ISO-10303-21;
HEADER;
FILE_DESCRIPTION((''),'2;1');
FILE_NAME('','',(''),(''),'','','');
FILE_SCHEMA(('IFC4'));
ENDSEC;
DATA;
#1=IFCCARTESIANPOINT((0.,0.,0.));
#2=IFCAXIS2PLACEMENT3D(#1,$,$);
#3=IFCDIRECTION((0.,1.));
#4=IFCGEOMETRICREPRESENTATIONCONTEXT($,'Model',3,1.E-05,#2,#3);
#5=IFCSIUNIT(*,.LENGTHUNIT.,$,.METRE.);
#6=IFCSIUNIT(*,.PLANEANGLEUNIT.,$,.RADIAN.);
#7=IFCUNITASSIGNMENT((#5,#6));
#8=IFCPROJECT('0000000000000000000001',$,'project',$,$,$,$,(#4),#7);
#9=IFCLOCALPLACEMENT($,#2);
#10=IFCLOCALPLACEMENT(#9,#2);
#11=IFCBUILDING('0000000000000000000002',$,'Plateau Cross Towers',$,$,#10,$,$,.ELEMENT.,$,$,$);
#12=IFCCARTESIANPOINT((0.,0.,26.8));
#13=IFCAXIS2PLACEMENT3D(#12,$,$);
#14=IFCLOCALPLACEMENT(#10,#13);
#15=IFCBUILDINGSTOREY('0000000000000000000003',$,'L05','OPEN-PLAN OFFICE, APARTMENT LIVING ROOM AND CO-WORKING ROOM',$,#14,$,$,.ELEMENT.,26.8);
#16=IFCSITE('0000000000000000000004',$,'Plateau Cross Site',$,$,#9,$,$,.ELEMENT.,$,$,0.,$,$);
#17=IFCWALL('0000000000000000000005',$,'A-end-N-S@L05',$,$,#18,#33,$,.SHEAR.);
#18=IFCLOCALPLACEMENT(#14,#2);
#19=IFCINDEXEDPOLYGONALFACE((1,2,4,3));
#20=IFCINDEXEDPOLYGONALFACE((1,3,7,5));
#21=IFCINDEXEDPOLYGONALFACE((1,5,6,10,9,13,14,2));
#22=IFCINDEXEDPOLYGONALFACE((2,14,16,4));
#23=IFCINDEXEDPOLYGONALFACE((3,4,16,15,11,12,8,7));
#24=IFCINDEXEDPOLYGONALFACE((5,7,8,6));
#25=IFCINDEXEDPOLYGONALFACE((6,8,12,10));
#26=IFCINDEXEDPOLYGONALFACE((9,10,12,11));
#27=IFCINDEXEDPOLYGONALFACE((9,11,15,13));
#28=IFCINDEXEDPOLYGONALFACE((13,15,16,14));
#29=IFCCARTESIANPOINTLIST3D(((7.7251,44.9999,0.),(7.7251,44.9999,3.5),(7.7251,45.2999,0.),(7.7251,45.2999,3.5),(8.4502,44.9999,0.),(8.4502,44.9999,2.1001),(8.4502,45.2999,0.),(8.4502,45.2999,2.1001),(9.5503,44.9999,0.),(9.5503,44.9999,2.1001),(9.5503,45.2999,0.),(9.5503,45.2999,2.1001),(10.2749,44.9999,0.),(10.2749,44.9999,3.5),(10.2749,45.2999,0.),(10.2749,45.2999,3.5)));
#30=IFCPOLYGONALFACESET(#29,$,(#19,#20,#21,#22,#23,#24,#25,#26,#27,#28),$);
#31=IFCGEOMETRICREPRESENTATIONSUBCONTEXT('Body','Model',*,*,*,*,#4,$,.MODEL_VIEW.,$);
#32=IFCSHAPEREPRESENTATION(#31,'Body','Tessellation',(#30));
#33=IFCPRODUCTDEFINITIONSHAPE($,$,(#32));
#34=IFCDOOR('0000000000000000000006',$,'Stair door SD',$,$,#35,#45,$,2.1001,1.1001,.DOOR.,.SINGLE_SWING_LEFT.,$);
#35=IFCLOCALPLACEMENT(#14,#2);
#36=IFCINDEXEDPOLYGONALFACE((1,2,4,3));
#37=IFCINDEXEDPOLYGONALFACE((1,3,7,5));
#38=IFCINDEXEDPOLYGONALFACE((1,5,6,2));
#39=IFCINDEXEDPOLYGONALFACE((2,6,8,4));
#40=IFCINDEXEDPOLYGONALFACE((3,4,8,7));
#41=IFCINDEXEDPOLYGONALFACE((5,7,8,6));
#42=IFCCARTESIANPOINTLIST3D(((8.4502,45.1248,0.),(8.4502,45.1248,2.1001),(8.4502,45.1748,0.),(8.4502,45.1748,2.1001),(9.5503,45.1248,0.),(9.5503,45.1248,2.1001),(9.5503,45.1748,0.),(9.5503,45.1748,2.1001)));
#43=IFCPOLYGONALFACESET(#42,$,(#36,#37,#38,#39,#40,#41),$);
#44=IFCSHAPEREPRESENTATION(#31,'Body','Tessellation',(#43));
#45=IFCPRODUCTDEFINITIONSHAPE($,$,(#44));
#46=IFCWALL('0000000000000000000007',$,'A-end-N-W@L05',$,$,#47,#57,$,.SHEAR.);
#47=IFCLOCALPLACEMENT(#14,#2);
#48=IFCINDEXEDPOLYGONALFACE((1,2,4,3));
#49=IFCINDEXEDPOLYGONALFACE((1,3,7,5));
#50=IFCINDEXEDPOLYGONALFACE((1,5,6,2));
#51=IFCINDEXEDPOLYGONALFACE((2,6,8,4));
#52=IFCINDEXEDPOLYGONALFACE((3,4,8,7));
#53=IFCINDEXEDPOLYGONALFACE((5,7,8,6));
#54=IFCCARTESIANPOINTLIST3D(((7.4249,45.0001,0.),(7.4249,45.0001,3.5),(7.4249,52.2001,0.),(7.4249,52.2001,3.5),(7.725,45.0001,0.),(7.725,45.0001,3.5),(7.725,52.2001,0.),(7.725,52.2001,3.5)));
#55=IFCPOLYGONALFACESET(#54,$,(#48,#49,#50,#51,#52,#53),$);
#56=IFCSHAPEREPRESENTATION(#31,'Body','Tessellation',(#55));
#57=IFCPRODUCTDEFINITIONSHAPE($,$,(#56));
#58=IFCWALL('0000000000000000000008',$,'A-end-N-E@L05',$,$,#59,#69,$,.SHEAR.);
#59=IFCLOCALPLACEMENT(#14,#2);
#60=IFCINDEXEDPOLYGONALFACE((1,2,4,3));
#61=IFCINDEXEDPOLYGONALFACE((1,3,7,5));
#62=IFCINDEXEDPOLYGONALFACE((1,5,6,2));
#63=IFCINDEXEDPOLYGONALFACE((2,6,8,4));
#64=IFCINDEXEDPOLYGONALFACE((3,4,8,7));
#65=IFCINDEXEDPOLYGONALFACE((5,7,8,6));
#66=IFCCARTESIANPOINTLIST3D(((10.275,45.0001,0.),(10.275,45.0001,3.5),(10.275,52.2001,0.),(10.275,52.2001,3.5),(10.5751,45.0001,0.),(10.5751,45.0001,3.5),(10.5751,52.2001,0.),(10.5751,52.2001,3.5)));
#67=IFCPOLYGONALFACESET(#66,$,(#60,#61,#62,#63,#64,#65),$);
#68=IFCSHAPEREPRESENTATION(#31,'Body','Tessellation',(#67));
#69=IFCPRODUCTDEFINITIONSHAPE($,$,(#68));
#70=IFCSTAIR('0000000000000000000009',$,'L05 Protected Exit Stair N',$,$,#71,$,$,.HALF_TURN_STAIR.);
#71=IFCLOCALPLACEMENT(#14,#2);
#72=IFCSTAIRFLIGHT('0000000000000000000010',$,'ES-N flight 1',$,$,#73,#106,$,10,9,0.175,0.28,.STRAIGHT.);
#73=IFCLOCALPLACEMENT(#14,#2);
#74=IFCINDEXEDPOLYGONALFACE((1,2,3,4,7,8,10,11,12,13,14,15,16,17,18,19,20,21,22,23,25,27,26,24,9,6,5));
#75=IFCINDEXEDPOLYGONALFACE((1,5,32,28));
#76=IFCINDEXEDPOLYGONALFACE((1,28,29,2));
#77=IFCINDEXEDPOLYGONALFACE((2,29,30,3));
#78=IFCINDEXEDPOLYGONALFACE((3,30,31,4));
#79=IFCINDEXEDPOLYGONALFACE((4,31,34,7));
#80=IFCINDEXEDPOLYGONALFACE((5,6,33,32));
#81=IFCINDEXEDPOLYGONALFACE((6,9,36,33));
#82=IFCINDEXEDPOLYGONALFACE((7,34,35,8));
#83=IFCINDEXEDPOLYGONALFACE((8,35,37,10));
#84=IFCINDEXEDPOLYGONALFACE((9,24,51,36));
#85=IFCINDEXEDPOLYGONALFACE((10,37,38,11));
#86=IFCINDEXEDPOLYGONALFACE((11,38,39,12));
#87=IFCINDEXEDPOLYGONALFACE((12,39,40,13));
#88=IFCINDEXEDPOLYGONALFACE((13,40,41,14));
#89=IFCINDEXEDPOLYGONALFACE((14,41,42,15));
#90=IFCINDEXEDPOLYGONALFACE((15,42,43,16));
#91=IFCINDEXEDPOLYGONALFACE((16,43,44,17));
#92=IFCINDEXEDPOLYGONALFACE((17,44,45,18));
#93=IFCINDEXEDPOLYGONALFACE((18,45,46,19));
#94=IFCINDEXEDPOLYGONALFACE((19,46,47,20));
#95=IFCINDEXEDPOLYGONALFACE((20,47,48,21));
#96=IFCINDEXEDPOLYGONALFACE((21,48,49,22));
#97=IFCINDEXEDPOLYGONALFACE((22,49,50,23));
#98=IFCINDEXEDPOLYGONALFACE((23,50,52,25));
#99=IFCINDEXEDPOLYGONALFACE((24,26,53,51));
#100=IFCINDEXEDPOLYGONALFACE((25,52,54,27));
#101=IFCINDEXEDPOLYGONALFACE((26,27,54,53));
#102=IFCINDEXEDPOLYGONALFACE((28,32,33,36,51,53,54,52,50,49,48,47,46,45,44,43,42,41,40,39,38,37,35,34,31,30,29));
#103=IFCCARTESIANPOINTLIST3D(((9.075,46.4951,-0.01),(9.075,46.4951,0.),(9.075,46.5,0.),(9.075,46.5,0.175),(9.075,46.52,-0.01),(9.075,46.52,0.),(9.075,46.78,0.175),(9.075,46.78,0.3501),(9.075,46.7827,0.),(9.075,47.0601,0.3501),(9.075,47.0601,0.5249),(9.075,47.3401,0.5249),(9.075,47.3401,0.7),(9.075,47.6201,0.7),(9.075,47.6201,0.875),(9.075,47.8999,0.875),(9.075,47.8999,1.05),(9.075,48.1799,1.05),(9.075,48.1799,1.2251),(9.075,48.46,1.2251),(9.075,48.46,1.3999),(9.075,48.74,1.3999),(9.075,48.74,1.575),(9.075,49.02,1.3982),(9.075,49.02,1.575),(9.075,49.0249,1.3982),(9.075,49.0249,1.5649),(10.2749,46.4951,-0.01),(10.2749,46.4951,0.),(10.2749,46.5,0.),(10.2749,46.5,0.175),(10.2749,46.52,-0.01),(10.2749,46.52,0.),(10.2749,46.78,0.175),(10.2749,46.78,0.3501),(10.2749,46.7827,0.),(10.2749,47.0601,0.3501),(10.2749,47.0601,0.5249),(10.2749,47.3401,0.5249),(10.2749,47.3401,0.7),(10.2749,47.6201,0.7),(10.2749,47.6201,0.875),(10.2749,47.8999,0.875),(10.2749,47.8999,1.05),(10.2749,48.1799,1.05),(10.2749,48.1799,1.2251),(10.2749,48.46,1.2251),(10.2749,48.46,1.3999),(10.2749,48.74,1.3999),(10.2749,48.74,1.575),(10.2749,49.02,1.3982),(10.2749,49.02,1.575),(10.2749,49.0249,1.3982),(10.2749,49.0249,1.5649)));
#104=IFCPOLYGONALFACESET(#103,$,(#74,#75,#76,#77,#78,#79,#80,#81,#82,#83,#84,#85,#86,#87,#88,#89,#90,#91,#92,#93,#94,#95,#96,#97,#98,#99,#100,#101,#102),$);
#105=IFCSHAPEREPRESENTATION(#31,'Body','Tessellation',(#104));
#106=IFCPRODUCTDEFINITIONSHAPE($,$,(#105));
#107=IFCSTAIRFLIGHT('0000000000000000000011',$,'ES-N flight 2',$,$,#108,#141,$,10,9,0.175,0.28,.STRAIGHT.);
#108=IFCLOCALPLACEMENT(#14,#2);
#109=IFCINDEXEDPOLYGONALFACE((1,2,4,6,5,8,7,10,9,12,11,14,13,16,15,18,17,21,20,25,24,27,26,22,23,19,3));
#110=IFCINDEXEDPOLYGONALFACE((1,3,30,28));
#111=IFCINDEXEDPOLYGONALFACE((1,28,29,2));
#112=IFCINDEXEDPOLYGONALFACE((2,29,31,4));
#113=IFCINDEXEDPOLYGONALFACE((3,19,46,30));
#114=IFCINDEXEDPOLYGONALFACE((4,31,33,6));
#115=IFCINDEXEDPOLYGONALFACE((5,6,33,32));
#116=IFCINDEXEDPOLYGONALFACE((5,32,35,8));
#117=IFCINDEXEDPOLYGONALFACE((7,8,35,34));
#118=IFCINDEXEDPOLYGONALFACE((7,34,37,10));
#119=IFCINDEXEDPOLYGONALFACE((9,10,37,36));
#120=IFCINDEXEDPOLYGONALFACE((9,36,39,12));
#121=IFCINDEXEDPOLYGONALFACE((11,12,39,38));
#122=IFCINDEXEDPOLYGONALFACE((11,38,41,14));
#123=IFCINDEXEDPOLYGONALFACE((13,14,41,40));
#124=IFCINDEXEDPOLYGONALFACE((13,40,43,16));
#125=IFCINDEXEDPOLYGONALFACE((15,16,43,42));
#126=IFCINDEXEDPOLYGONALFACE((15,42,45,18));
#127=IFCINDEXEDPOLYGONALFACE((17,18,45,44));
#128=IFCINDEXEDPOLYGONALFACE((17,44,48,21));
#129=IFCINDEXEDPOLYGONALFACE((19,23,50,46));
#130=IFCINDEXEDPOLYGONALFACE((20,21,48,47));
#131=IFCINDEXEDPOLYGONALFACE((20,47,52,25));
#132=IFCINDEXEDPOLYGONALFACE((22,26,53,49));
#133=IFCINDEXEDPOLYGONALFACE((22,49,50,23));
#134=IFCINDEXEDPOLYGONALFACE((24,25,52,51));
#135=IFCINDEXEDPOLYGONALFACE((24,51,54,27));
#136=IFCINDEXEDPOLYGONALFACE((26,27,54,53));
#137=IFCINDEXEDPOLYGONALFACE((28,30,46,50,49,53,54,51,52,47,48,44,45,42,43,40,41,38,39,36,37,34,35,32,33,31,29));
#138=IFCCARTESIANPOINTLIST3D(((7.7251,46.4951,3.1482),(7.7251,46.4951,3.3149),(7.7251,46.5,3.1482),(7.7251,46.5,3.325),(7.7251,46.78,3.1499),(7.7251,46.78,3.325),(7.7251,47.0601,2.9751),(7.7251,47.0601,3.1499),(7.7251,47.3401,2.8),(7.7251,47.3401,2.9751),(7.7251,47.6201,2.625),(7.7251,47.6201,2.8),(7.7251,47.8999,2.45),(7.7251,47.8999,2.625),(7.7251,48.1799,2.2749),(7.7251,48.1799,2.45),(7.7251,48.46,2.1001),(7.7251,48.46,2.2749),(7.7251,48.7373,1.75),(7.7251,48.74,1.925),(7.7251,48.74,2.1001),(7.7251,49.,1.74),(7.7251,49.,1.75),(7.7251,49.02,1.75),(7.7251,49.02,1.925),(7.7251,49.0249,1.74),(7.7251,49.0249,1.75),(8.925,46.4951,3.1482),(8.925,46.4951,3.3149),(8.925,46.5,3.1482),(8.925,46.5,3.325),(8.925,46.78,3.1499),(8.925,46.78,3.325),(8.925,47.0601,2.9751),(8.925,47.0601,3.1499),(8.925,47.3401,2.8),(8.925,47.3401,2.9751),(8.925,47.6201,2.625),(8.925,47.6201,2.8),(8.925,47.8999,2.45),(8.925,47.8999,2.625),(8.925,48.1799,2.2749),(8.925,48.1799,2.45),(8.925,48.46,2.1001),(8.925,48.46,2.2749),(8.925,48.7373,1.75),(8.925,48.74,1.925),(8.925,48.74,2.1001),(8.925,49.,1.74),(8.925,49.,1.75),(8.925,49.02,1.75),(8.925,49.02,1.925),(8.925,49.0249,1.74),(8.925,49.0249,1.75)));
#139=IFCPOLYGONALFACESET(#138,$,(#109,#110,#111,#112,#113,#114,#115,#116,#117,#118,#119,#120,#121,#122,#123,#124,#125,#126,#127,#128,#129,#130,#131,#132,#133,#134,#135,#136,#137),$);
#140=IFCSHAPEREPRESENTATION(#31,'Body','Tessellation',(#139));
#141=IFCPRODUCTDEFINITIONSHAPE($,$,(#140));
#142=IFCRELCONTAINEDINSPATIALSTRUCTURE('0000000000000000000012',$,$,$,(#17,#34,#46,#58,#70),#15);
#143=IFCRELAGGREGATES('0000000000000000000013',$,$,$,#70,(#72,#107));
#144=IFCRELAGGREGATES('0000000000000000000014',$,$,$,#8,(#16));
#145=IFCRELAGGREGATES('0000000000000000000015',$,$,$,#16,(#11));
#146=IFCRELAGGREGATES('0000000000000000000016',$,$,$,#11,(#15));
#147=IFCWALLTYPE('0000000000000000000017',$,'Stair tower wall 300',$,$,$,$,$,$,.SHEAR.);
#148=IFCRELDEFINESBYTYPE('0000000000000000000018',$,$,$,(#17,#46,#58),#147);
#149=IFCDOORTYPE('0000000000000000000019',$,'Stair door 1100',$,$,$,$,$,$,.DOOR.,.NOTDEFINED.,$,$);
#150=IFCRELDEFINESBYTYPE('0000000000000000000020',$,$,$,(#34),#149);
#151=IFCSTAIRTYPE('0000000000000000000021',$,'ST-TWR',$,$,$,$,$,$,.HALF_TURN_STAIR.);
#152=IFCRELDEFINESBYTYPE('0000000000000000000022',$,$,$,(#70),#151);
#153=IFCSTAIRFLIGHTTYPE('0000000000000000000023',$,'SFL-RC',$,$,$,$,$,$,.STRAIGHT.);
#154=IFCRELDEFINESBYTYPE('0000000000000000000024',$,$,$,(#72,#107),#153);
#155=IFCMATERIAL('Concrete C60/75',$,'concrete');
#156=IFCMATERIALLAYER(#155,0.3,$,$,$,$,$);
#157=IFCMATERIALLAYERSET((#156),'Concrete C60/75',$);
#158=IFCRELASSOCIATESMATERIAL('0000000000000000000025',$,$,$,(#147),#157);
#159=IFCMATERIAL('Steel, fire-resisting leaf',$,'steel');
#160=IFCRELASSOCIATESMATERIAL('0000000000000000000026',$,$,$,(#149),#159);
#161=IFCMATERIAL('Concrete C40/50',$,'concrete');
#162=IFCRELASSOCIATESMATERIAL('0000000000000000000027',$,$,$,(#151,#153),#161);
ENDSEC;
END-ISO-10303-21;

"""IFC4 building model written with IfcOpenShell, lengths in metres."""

from ifc_helpers import new_model, si_unit, direction, frame, frame_2d, origin, place, context, subcontext, project, spatial, polyline, rectangle, outline, extrude, material, layer, layer_set, type_object, element, fill, aggregate, save


model = new_model("IFC4")

# Units and contexts
model_context = context("Model", 3, precision=1e-05, world=origin(), true_north=direction((0.0, 1.0)))
body_context = subcontext(model_context, "Body", "Model", "MODEL_VIEW")
ifc_project = project(units=[si_unit("LENGTHUNIT", "METRE"), si_unit("PLANEANGLEUNIT", "RADIAN")], contexts=[model_context])

# Site, building, storey
site_placement = place(None, origin())
site = spatial("IfcSite", under=ifc_project, at=site_placement, Name="Plateau Cross Site", CompositionType="ELEMENT", RefElevation=0.0)
building_placement = place(site_placement, origin())
building = spatial("IfcBuilding", under=site, at=building_placement, Name="Plateau Cross Towers", CompositionType="ELEMENT")
storey_placement = place(building_placement, frame((0.0, 0.0, 26.8)))
storey = spatial("IfcBuildingStorey", under=building, at=storey_placement, Name="L05", Description="OPEN-PLAN OFFICE, APARTMENT LIVING ROOM AND CO-WORKING ROOM", CompositionType="ELEMENT", Elevation=26.8)

# Wall, opening, door
ifc_material_1 = material(Name="Concrete C60/75", Category="concrete")
ifc_layer_1 = layer(ifc_material_1, 0.3)
ifc_layer_set_1 = layer_set([ifc_layer_1], Name="Concrete C60/75")
wall_type_1 = type_object("IfcWallType", Name="Stair tower wall 300", PredefinedType="SHEAR", material=ifc_layer_set_1)
wall_1_placement = place(storey_placement, frame((7.7251, 45.1499, 0.0), z_axis=(0.0, 0.0, 1.0), x_axis=(1.0, 0.0, 0.0)))
wall_1 = element("IfcWall", 1, at=wall_1_placement, inside=storey, type_object=wall_type_1, Name="A-end-N-S@L05", PredefinedType="SHEAR", context=body_context, shape_type="SweptSolid", body=[
    extrude(rectangle(XDim=2.5498, YDim=0.3, at=frame_2d((1.2749, 0.0))), origin(), (0.0, 0.0, 1.0), 3.5),
])
opening_placement = place(wall_1_placement, frame((0.7251, 0.0, 0.0)))
opening = element("IfcOpeningElement", 2, at=opening_placement, cuts=wall_1, PredefinedType="OPENING", context=body_context, shape_type="SweptSolid", body=[
    extrude(rectangle(XDim=1.1001, YDim=2.1001, at=frame_2d((0.55, 1.05))), frame((0.0, 0.1599, 0.0), z_axis=(0.0, -1.0, 0.0), x_axis=(1.0, 0.0, 0.0)), (0.0, 0.0, 1.0), 0.3201),
])
ifc_material_2 = material(Name="Steel, fire-resisting leaf", Category="steel")
door_type = type_object("IfcDoorType", Name="Stair door 1100", OperationType="NOTDEFINED", PredefinedType="DOOR", material=ifc_material_2)
door_placement = place(opening_placement, origin())
door = element("IfcDoor", 3, at=door_placement, inside=storey, type_object=door_type, Name="Stair door SD", OperationType="SINGLE_SWING_LEFT", OverallHeight=2.1001, OverallWidth=1.1001, PredefinedType="DOOR", context=body_context, shape_type="SweptSolid", body=[
    extrude(rectangle(XDim=1.1001, YDim=2.1001, at=frame_2d((0.55, 1.05))), frame((0.0, 0.0249, 0.0), z_axis=(0.0, -1.0, 0.0), x_axis=(1.0, 0.0, 0.0)), (0.0, 0.0, 1.0), 0.05),
])
fill(opening, door)

# Walls
for number, where, z_axis, x_axis, name in (
    (4, (7.575, 45.0, 0.0), (0.0, 0.0, 1.0), (0.0, 1.0, 0.0), "A-end-N-W@L05"),
    (5, (10.425, 45.0, 0.0), (0.0, 0.0, 1.0), (0.0, 1.0, 0.0), "A-end-N-E@L05"),
):
    element("IfcWall", number, at=place(storey_placement, frame(where, z_axis=z_axis, x_axis=x_axis)), inside=storey, type_object=wall_type_1, Name=name, PredefinedType="SHEAR", context=body_context, shape_type="SweptSolid", body=[
        extrude(rectangle(XDim=7.2, YDim=0.3, at=frame_2d((3.6001, 0.0))), origin(), (0.0, 0.0, 1.0), 3.5),
    ])

# Stair, stair flights
ifc_material_3 = material(Name="Concrete C40/50", Category="concrete")
stair_type = type_object("IfcStairType", Name="ST-TWR", PredefinedType="HALF_TURN_STAIR", material=ifc_material_3)
stair_placement = place(storey_placement, origin())
stair = element("IfcStair", 6, at=stair_placement, inside=storey, type_object=stair_type, Name="L05 Protected Exit Stair N", PredefinedType="HALF_TURN_STAIR")
stair_flight_type = type_object("IfcStairFlightType", Name="SFL-RC", PredefinedType="STRAIGHT", material=ifc_material_3)
stair_flight_1_placement = place(storey_placement, frame((9.675, 46.5, 0.0), z_axis=(0.0, 0.0, 1.0), x_axis=(0.0, 1.0, 0.0)))
stair_flight_1 = element("IfcStairFlight", 7, at=stair_flight_1_placement, type_object=stair_flight_type, Name="ES-N flight 1", NumberOfRisers=10, NumberOfTreads=9, PredefinedType="STRAIGHT", RiserHeight=0.175, TreadLength=0.28, context=body_context, shape_type="SweptSolid", body=[
    extrude(outline(polyline([(-0.0049, -0.01), (-0.0049, 0.0), (0.0, 0.0), (0.0, 0.175), (0.28, 0.175), (0.28, 0.3501), (0.5601, 0.3501), (0.5601, 0.5249), (0.8401, 0.5249), (0.8401, 0.7), (1.1201, 0.7), (1.1201, 0.875), (1.3999, 0.875), (1.3999, 1.05), (1.6799, 1.05), (1.6799, 1.2251), (1.96, 1.2251), (1.96, 1.3999), (2.24, 1.3999), (2.24, 1.575), (2.52, 1.575), (2.5249, 1.5649), (2.5249, 1.3982), (2.52, 1.3982), (0.2827, 0.0), (0.02, 0.0), (0.02, -0.01), (-0.0049, -0.01)])), frame((0.0, 0.6001, 0.0), z_axis=(0.0, -1.0, 0.0), x_axis=(1.0, 0.0, 0.0)), (0.0, 0.0, 1.0), 1.2),
])
stair_flight_2_placement = place(storey_placement, frame((8.325, 49.02, 1.75), z_axis=(0.0, 0.0, 1.0), x_axis=(0.0, -1.0, 0.0)))
stair_flight_2 = element("IfcStairFlight", 8, at=stair_flight_2_placement, type_object=stair_flight_type, Name="ES-N flight 2", NumberOfRisers=10, NumberOfTreads=9, PredefinedType="STRAIGHT", RiserHeight=0.175, TreadLength=0.28, context=body_context, shape_type="SweptSolid", body=[
    extrude(outline(polyline([(-0.0049, -0.01), (-0.0049, 0.0), (0.0, 0.0), (0.0, 0.175), (0.28, 0.175), (0.28, 0.3501), (0.5601, 0.3501), (0.5601, 0.5249), (0.8401, 0.5249), (0.8401, 0.7), (1.1201, 0.7), (1.1201, 0.875), (1.3999, 0.875), (1.3999, 1.05), (1.6799, 1.05), (1.6799, 1.2251), (1.96, 1.2251), (1.96, 1.3999), (2.24, 1.3999), (2.24, 1.575), (2.52, 1.575), (2.5249, 1.5649), (2.5249, 1.3982), (2.52, 1.3982), (0.2827, 0.0), (0.02, 0.0), (0.02, -0.01), (-0.0049, -0.01)])), frame((0.0, 0.6001, 0.0), z_axis=(0.0, -1.0, 0.0), x_axis=(1.0, 0.0, 0.0)), (0.0, 0.0, 1.0), 1.2),
])
aggregate(stair, [stair_flight_1, stair_flight_2])

save(model, "model.ifc")
